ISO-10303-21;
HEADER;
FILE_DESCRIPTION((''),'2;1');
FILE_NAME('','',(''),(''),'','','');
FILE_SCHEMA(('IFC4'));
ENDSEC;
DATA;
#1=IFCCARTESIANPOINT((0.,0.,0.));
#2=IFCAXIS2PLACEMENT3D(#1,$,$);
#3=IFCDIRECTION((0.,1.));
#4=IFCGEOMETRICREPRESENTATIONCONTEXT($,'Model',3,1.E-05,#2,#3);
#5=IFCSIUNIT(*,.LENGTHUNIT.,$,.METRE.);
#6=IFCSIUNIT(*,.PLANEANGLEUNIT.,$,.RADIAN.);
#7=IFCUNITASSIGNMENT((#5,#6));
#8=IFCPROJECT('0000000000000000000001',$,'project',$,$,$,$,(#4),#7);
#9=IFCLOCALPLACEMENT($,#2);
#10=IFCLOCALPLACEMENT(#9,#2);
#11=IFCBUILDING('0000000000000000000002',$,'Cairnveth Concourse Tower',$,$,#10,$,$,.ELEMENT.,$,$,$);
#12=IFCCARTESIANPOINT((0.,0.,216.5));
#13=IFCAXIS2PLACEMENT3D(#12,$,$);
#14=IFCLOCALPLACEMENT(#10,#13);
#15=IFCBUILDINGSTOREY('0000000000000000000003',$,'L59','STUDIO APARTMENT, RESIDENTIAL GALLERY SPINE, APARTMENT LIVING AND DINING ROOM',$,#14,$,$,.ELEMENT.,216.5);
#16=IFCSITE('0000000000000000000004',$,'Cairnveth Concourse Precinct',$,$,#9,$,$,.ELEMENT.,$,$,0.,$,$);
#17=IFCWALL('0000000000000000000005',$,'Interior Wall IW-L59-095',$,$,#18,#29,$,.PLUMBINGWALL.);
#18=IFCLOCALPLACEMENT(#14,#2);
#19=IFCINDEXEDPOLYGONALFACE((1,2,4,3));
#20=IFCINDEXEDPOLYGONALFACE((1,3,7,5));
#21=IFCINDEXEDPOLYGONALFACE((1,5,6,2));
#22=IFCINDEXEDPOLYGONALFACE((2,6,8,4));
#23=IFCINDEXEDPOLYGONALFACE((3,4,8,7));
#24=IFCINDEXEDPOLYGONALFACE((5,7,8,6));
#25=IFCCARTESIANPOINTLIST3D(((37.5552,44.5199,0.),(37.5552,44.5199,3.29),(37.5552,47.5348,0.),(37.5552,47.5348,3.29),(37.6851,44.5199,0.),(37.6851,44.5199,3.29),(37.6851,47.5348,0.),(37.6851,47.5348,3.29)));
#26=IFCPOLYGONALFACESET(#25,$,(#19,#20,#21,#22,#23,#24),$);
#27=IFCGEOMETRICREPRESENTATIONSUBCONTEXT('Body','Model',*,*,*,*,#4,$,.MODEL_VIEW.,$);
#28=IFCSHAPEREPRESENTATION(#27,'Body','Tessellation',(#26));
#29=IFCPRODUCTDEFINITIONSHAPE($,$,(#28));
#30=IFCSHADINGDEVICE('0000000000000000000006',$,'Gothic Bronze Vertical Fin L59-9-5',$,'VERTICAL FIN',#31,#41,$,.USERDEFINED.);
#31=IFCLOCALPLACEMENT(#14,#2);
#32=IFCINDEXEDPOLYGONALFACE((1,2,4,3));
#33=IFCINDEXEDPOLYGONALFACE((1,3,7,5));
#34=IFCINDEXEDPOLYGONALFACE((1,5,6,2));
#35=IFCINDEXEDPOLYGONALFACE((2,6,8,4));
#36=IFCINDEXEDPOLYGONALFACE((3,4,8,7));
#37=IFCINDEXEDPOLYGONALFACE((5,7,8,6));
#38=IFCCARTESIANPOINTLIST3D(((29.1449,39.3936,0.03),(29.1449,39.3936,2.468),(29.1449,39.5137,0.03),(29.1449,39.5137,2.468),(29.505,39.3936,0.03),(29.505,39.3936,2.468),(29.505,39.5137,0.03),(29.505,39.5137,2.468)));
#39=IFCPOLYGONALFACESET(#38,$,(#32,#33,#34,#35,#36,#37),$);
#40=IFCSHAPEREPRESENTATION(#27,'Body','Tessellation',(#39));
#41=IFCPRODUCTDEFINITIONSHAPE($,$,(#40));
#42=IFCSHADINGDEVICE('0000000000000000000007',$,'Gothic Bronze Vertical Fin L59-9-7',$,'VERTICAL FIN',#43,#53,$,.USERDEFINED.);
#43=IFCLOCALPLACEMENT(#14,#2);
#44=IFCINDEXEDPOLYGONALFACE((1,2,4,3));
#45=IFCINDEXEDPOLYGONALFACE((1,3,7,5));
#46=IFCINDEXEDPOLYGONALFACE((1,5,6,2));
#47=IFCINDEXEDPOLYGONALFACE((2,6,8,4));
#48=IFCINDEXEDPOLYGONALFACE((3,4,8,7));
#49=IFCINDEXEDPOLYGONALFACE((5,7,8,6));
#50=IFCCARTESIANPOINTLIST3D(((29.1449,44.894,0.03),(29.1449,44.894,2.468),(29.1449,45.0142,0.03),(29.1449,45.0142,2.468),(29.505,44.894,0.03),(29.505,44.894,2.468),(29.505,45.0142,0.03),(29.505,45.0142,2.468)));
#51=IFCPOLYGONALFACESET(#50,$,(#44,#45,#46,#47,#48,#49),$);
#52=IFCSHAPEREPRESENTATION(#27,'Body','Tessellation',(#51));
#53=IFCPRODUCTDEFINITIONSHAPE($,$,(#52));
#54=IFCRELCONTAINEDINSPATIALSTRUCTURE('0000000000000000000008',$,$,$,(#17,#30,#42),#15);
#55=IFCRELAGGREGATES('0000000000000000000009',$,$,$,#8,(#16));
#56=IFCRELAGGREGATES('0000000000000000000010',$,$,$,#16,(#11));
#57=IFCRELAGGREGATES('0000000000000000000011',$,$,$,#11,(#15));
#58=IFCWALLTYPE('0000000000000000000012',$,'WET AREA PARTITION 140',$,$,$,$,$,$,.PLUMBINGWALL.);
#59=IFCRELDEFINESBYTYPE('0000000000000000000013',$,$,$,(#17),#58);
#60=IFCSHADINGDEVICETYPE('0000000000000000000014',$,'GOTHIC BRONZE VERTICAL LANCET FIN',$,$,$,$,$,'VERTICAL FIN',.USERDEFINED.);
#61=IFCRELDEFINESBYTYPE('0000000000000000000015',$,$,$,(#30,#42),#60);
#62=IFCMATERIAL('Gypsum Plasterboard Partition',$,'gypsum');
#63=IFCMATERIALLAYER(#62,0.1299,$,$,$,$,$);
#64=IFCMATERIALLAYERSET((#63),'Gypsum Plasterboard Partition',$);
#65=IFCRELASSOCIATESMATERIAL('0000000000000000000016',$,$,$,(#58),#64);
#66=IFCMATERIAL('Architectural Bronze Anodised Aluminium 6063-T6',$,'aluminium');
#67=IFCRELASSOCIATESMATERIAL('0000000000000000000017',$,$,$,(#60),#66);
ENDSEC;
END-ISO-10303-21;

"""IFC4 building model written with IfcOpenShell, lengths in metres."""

from ifc_helpers import new_model, si_unit, direction, frame, frame_2d, origin, origin_2d, place, context, subcontext, project, spatial, rectangle, extrude, material, layer, layer_set, type_object, element, save


model = new_model("IFC4")

# Units and contexts
model_context = context("Model", 3, precision=1e-05, world=origin(), true_north=direction((0.0, 1.0)))
body_context = subcontext(model_context, "Body", "Model", "MODEL_VIEW")
ifc_project = project(units=[si_unit("LENGTHUNIT", "METRE"), si_unit("PLANEANGLEUNIT", "RADIAN")], contexts=[model_context])

# Site, building, storey
site_placement = place(None, origin())
site = spatial("IfcSite", under=ifc_project, at=site_placement, Name="Cairnveth Concourse Precinct", CompositionType="ELEMENT", RefElevation=0.0)
building_placement = place(site_placement, origin())
building = spatial("IfcBuilding", under=site, at=building_placement, Name="Cairnveth Concourse Tower", CompositionType="ELEMENT")
storey_placement = place(building_placement, frame((0.0, 0.0, 216.5)))
storey = spatial("IfcBuildingStorey", under=building, at=storey_placement, Name="L59", Description="STUDIO APARTMENT, RESIDENTIAL GALLERY SPINE, APARTMENT LIVING AND DINING ROOM", CompositionType="ELEMENT", Elevation=216.5)

# Shared definitions
ifc_material_1 = material(Name="Gypsum Plasterboard Partition", Category="gypsum")

# Shared definitions
ifc_layer_1 = layer(ifc_material_1, 0.1299)
ifc_layer_set_1 = layer_set([ifc_layer_1], Name="Gypsum Plasterboard Partition")
wall_type_1 = type_object("IfcWallType", Name="WET AREA PARTITION 140", PredefinedType="PLUMBINGWALL", material=ifc_layer_set_1)

# Wall
wall_1_placement = place(storey_placement, frame((37.6201, 44.52, 0.0), z_axis=(0.0, 0.0, 1.0), x_axis=(0.0, 1.0, 0.0)))
element("IfcWall", 1, at=wall_1_placement, inside=storey, type_object=wall_type_1, Name="Interior Wall IW-L59-095", PredefinedType="PLUMBINGWALL", context=body_context, shape_type="SweptSolid", body=[
    extrude(rectangle(XDim=3.0149, YDim=0.1299, at=frame_2d((1.5073, 0.0))), origin(), (0.0, 0.0, 1.0), 3.29),
])

# Shading devices
ifc_material_2 = material(Name="Architectural Bronze Anodised Aluminium 6063-T6", Category="aluminium")
shading_device_type = type_object("IfcShadingDeviceType", Name="GOTHIC BRONZE VERTICAL LANCET FIN", ElementType="VERTICAL FIN", PredefinedType="USERDEFINED", material=ifc_material_2)
for number, where, z_axis, x_axis, name in (
    (2, (29.325, 39.4536, 0.03), (0.0, 0.0, 1.0), (0.0, 1.0, 0.0), "Gothic Bronze Vertical Fin L59-9-5"),
    (3, (29.325, 44.9541, 0.03), (0.0, 0.0, 1.0), (0.0, 1.0, 0.0), "Gothic Bronze Vertical Fin L59-9-7"),
):
    element("IfcShadingDevice", number, at=place(storey_placement, frame(where, z_axis=z_axis, x_axis=x_axis)), inside=storey, type_object=shading_device_type, Name=name, ObjectType="VERTICAL FIN", PredefinedType="USERDEFINED", context=body_context, shape_type="SweptSolid", body=[
        extrude(rectangle(XDim=0.1201, YDim=0.3601, at=origin_2d()), origin(), (0.0, 0.0, 1.0), 2.438),
    ])

save(model, "model.ifc")
